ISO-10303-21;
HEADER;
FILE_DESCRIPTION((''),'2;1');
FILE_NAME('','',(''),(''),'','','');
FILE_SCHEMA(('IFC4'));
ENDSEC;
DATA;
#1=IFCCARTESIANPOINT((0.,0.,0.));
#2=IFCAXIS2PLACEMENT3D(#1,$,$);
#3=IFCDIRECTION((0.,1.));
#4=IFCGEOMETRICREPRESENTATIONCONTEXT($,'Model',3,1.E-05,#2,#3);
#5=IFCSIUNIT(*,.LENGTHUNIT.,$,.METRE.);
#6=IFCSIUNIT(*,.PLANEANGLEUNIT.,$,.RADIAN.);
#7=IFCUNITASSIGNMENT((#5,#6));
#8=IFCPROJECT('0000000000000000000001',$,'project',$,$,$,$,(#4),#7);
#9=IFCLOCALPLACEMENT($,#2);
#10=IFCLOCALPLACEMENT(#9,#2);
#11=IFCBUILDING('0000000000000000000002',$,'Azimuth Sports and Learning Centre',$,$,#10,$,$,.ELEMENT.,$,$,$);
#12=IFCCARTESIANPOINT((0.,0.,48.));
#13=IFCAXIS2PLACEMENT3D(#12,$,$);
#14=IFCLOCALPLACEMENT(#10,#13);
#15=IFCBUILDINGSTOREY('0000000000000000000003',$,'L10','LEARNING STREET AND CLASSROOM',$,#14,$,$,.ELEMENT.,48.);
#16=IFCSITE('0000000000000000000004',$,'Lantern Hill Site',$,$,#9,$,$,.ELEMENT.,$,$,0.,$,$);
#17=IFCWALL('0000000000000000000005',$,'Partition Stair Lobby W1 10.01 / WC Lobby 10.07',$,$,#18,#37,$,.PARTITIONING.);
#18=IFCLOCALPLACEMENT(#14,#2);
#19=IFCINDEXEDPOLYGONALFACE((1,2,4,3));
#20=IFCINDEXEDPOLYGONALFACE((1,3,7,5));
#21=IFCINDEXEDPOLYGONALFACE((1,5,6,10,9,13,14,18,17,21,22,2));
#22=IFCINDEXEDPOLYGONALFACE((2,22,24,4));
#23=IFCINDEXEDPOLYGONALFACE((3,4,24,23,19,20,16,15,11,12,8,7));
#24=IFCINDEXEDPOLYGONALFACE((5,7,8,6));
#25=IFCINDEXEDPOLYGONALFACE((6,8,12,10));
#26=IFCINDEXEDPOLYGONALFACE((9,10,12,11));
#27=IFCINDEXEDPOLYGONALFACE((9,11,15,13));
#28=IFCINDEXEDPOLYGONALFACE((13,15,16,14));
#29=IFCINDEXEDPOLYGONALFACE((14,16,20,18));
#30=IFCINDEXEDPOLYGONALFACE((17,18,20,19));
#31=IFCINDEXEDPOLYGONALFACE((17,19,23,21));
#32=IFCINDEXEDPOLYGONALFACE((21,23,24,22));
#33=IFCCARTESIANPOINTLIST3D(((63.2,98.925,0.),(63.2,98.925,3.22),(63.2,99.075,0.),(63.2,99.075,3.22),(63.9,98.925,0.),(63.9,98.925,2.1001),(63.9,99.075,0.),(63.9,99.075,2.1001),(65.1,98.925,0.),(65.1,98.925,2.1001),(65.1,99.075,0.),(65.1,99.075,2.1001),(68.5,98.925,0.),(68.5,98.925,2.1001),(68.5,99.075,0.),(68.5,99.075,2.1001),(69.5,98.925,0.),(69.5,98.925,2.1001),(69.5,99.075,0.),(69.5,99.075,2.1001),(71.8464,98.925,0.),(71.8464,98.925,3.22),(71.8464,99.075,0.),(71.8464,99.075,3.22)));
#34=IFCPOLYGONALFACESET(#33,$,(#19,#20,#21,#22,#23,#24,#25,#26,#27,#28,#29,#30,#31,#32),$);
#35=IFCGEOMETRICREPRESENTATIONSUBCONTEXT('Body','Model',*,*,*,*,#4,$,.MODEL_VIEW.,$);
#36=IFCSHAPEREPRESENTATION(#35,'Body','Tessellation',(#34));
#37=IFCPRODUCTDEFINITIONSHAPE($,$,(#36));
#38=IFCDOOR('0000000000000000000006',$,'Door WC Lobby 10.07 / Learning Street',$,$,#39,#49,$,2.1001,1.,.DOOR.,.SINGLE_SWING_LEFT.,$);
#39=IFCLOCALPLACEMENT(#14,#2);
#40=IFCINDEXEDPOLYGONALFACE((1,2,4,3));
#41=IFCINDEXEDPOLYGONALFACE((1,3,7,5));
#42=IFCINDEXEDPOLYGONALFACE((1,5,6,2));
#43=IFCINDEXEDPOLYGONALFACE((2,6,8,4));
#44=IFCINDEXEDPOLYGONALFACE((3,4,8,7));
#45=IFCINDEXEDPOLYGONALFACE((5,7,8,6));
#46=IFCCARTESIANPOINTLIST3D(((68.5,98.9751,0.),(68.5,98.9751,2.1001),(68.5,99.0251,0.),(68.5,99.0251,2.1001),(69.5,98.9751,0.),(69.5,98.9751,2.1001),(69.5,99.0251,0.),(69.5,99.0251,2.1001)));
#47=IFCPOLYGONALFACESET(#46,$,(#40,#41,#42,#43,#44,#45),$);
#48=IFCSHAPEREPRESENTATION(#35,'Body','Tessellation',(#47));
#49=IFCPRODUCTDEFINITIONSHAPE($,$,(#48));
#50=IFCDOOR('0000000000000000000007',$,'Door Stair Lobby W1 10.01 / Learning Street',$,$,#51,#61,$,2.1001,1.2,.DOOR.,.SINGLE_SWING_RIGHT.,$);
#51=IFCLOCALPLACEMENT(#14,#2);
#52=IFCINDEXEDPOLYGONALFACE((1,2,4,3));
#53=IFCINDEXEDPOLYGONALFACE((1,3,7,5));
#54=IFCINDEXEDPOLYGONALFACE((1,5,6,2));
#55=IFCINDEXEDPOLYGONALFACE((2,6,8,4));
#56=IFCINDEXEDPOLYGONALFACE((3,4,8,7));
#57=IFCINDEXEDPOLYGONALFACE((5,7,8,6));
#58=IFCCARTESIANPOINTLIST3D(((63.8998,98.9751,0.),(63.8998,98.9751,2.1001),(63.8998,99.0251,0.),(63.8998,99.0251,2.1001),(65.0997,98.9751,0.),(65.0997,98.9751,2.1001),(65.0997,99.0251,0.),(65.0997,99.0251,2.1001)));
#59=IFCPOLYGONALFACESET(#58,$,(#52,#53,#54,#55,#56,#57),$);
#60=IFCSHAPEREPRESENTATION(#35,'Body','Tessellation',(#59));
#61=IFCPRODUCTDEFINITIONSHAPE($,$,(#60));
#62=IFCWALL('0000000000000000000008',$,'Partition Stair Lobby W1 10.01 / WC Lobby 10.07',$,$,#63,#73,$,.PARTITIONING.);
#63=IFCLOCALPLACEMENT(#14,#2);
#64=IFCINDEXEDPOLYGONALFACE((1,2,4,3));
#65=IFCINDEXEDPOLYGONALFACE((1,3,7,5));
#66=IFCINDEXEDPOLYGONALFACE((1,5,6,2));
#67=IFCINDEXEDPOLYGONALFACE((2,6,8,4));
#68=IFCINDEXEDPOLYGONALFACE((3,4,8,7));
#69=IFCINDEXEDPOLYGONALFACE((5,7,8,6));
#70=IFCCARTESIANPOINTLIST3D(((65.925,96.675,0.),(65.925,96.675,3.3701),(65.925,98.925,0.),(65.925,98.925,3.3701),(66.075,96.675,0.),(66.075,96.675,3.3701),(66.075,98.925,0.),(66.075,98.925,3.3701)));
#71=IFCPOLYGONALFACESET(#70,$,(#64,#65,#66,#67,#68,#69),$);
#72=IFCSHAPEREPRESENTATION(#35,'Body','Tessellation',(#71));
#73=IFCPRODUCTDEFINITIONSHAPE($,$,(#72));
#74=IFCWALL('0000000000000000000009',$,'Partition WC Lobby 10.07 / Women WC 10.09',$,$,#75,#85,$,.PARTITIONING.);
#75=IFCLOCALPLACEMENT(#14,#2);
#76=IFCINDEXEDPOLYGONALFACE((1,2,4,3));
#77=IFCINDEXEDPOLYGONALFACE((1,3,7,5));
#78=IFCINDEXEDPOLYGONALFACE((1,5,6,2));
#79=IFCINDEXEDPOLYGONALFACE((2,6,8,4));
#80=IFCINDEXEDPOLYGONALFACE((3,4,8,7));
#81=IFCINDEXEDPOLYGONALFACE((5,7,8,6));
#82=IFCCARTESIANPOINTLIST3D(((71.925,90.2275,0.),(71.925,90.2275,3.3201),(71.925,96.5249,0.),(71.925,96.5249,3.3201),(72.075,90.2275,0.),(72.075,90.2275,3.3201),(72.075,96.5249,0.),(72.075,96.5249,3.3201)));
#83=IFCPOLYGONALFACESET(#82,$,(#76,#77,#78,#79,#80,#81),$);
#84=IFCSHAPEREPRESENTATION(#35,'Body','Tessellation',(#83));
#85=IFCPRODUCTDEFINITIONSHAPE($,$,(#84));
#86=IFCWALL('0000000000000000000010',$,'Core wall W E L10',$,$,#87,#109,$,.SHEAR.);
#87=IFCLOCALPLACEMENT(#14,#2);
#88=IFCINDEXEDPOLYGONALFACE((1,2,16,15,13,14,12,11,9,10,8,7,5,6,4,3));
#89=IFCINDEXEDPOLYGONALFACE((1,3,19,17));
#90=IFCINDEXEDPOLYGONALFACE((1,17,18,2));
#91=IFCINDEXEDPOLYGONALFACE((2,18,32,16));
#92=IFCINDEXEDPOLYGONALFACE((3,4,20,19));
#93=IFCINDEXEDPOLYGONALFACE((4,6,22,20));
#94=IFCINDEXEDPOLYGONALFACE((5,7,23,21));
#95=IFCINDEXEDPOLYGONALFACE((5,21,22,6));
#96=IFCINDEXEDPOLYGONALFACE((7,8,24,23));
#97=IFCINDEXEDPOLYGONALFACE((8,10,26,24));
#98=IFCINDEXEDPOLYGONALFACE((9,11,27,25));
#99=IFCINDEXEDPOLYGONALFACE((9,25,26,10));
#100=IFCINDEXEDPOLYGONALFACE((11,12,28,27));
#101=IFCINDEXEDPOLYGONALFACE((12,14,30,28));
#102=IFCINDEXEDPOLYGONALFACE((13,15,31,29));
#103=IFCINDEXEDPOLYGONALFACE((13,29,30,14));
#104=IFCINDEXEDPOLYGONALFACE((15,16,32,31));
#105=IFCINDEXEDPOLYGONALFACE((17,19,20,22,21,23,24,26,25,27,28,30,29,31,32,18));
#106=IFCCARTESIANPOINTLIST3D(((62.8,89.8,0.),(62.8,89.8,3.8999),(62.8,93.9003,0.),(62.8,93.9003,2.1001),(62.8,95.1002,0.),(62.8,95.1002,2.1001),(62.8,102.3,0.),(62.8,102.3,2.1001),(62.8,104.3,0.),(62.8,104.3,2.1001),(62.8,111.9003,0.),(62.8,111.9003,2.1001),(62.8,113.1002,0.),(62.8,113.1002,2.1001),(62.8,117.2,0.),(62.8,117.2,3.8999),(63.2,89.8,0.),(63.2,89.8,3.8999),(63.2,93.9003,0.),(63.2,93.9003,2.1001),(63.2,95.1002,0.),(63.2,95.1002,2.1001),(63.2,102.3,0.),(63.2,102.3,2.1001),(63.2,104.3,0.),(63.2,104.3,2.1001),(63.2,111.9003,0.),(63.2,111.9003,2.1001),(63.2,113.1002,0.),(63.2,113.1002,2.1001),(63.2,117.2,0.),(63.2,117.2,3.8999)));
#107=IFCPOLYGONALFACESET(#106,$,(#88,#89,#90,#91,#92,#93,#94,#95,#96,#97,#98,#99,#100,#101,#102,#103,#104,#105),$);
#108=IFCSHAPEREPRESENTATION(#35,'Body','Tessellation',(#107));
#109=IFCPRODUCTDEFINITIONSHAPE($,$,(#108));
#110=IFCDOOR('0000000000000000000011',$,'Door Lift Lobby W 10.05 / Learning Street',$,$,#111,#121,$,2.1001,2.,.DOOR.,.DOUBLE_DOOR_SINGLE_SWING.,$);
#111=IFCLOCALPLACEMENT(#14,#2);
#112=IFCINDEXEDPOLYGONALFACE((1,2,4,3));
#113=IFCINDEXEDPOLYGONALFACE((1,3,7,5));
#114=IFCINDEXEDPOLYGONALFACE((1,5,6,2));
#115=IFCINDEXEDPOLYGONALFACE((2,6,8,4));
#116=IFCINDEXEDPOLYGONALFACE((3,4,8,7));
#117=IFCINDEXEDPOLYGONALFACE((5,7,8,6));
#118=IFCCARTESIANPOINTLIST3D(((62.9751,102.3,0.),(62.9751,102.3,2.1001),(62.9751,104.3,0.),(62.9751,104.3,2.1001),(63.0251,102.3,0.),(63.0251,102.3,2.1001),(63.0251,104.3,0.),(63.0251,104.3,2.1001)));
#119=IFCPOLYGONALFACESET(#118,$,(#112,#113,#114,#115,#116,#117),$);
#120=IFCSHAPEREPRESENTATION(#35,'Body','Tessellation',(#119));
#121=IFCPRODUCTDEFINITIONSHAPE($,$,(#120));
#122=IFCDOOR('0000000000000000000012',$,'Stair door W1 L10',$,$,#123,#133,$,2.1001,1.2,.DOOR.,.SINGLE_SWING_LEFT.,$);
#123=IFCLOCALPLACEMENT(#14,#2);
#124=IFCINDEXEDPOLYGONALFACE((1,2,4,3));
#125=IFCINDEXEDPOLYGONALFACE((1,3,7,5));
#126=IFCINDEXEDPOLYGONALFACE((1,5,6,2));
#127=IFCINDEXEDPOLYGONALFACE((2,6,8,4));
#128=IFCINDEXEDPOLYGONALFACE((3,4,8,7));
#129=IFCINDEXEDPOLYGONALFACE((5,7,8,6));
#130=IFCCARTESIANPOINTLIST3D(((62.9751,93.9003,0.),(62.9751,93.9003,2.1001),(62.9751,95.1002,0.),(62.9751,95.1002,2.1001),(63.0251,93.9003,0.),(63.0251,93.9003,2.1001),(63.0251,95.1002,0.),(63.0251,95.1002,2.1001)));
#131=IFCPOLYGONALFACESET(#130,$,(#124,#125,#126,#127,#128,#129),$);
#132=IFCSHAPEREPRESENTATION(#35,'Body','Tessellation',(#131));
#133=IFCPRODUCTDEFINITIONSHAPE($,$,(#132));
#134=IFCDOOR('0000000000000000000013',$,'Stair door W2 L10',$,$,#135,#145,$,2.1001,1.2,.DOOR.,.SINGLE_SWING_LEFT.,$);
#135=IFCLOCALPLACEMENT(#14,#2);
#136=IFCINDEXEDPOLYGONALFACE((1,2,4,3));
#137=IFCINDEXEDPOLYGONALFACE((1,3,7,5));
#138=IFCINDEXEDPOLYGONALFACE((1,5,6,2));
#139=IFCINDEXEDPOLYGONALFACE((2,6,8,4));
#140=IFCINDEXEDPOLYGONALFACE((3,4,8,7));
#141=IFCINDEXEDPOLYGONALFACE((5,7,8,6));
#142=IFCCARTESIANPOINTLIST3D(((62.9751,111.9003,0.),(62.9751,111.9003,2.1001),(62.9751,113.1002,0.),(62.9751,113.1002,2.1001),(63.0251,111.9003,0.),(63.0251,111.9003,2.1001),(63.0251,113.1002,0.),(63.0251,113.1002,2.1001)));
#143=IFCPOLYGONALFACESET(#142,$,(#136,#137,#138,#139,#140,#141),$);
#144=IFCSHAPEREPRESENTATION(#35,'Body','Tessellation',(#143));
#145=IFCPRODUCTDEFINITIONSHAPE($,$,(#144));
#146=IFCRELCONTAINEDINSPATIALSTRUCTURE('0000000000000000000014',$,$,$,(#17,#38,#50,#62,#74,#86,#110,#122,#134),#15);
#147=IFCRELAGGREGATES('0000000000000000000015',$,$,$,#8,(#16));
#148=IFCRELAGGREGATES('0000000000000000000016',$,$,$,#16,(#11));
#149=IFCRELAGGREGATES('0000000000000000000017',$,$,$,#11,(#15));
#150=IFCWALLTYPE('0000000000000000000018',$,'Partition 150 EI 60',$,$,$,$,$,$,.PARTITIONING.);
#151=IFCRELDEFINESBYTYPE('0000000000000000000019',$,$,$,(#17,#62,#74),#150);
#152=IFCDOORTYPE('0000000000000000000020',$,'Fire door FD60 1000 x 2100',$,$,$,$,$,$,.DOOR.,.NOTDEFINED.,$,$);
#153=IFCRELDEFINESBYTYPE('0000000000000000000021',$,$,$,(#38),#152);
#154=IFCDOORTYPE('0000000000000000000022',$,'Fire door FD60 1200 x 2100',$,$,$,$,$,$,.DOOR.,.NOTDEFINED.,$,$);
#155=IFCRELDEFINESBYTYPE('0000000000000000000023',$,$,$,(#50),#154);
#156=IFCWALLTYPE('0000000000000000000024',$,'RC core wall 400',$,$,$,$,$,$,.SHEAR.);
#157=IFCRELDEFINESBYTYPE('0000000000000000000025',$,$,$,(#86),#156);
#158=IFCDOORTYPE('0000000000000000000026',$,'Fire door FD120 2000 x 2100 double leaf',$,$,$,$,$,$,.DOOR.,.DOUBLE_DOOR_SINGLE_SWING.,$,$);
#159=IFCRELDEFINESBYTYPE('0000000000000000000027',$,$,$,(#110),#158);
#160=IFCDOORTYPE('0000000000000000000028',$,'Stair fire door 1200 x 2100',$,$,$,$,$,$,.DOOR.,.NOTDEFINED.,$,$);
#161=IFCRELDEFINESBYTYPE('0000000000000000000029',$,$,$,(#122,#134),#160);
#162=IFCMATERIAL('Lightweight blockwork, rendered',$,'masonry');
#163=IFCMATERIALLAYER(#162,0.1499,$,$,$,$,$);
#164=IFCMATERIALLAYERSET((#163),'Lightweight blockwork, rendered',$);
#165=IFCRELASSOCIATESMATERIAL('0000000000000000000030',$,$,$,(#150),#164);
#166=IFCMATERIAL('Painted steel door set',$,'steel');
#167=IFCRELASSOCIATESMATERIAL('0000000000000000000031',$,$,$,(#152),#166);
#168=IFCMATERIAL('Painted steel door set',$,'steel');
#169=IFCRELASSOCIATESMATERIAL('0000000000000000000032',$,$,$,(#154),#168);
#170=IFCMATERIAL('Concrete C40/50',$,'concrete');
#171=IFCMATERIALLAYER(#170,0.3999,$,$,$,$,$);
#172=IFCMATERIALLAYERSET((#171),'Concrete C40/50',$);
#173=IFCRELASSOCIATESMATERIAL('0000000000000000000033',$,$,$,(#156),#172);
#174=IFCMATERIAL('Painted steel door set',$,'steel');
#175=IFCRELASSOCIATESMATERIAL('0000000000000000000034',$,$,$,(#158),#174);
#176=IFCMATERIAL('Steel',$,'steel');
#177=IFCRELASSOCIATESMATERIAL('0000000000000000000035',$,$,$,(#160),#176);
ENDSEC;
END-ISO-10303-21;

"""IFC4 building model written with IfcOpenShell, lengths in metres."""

from ifc_helpers import new_model, si_unit, direction, frame, frame_2d, origin, place, context, subcontext, project, spatial, rectangle, extrude, material, layer, layer_set, type_object, element, fill, save


model = new_model("IFC4")

# Units and contexts
model_context = context("Model", 3, precision=1e-05, world=origin(), true_north=direction((0.0, 1.0)))
body_context = subcontext(model_context, "Body", "Model", "MODEL_VIEW")
ifc_project = project(units=[si_unit("LENGTHUNIT", "METRE"), si_unit("PLANEANGLEUNIT", "RADIAN")], contexts=[model_context])

# Site, building, storey
site_placement = place(None, origin())
site = spatial("IfcSite", under=ifc_project, at=site_placement, Name="Lantern Hill Site", CompositionType="ELEMENT", RefElevation=0.0)
building_placement = place(site_placement, origin())
building = spatial("IfcBuilding", under=site, at=building_placement, Name="Azimuth Sports and Learning Centre", CompositionType="ELEMENT")
storey_placement = place(building_placement, frame((0.0, 0.0, 48.0)))
storey = spatial("IfcBuildingStorey", under=building, at=storey_placement, Name="L10", Description="LEARNING STREET AND CLASSROOM", CompositionType="ELEMENT", Elevation=48.0)

# Wall, openings, doors
ifc_material_1 = material(Name="Lightweight blockwork, rendered", Category="masonry")
ifc_layer_1 = layer(ifc_material_1, 0.1499)
ifc_layer_set_1 = layer_set([ifc_layer_1], Name="Lightweight blockwork, rendered")
wall_type_1 = type_object("IfcWallType", Name="Partition 150 EI 60", PredefinedType="PARTITIONING", material=ifc_layer_set_1)
wall_1_placement = place(storey_placement, frame((63.2, 99.0, 0.0), z_axis=(0.0, 0.0, 1.0), x_axis=(1.0, 0.0, 0.0)))
wall_1 = element("IfcWall", 1, at=wall_1_placement, inside=storey, type_object=wall_type_1, Name="Partition Stair Lobby W1 10.01 / WC Lobby 10.07", PredefinedType="PARTITIONING", context=body_context, shape_type="SweptSolid", body=[
    extrude(rectangle(XDim=8.6465, YDim=0.1499, at=frame_2d((4.3232, 0.0))), origin(), (0.0, 0.0, 1.0), 3.22),
])
opening_1_placement = place(wall_1_placement, frame((0.7, 0.0, 0.0)))
opening_1 = element("IfcOpeningElement", 2, at=opening_1_placement, cuts=wall_1, PredefinedType="OPENING", context=body_context, shape_type="SweptSolid", body=[
    extrude(rectangle(XDim=1.2, YDim=2.1001, at=frame_2d((0.6001, 1.05))), frame((0.0, 0.0859, 0.0), z_axis=(0.0, -1.0, 0.0), x_axis=(1.0, 0.0, 0.0)), (0.0, 0.0, 1.0), 0.1719),
])
opening_2_placement = place(wall_1_placement, frame((5.3, 0.0, 0.0)))
opening_2 = element("IfcOpeningElement", 3, at=opening_2_placement, cuts=wall_1, PredefinedType="OPENING", context=body_context, shape_type="SweptSolid", body=[
    extrude(rectangle(XDim=1.0, YDim=2.1001, at=frame_2d((0.5, 1.05))), frame((0.0, 0.0859, 0.0), z_axis=(0.0, -1.0, 0.0), x_axis=(1.0, 0.0, 0.0)), (0.0, 0.0, 1.0), 0.1719),
])
ifc_material_2 = material(Name="Painted steel door set", Category="steel")
door_type_1 = type_object("IfcDoorType", Name="Fire door FD60 1000 x 2100", OperationType="NOTDEFINED", PredefinedType="DOOR", material=ifc_material_2)
door_1_placement = place(opening_2_placement, frame((1.0, 0.0, 0.0), z_axis=(0.0, 0.0, 1.0), x_axis=(-1.0, 0.0, 0.0)))
door_1 = element("IfcDoor", 4, at=door_1_placement, inside=storey, type_object=door_type_1, Name="Door WC Lobby 10.07 / Learning Street", OperationType="SINGLE_SWING_LEFT", OverallHeight=2.1001, OverallWidth=1.0, PredefinedType="DOOR", context=body_context, shape_type="SweptSolid", body=[
    extrude(rectangle(XDim=1.0, YDim=2.1001, at=frame_2d((0.5, 1.05))), frame((0.0, 0.0249, 0.0), z_axis=(0.0, -1.0, 0.0), x_axis=(1.0, 0.0, 0.0)), (0.0, 0.0, 1.0), 0.05),
])
fill(opening_2, door_1)
ifc_material_3 = material(Name="Painted steel door set", Category="steel")
door_type_2 = type_object("IfcDoorType", Name="Fire door FD60 1200 x 2100", OperationType="NOTDEFINED", PredefinedType="DOOR", material=ifc_material_3)
door_2_placement = place(opening_1_placement, frame((1.2, 0.0, 0.0), z_axis=(0.0, 0.0, 1.0), x_axis=(-1.0, 0.0, 0.0)))
door_2 = element("IfcDoor", 5, at=door_2_placement, inside=storey, type_object=door_type_2, Name="Door Stair Lobby W1 10.01 / Learning Street", OperationType="SINGLE_SWING_RIGHT", OverallHeight=2.1001, OverallWidth=1.2, PredefinedType="DOOR", context=body_context, shape_type="SweptSolid", body=[
    extrude(rectangle(XDim=1.2, YDim=2.1001, at=frame_2d((0.6001, 1.05))), frame((0.0, 0.0249, 0.0), z_axis=(0.0, -1.0, 0.0), x_axis=(1.0, 0.0, 0.0)), (0.0, 0.0, 1.0), 0.05),
])
fill(opening_1, door_2)

# Walls
wall_2_placement = place(storey_placement, frame((66.0, 96.675, 0.0), z_axis=(0.0, 0.0, 1.0), x_axis=(0.0, 1.0, 0.0)))
element("IfcWall", 6, at=wall_2_placement, inside=storey, type_object=wall_type_1, Name="Partition Stair Lobby W1 10.01 / WC Lobby 10.07", PredefinedType="PARTITIONING", context=body_context, shape_type="SweptSolid", body=[
    extrude(rectangle(XDim=2.25, YDim=0.1499, at=frame_2d((1.125, 0.0))), origin(), (0.0, 0.0, 1.0), 3.3701),
])
wall_3_placement = place(storey_placement, frame((72.0, 90.2275, 0.0), z_axis=(0.0, 0.0, 1.0), x_axis=(0.0, 1.0, 0.0)))
element("IfcWall", 7, at=wall_3_placement, inside=storey, type_object=wall_type_1, Name="Partition WC Lobby 10.07 / Women WC 10.09", PredefinedType="PARTITIONING", context=body_context, shape_type="SweptSolid", body=[
    extrude(rectangle(XDim=6.2974, YDim=0.1499, at=frame_2d((3.1487, 0.0))), origin(), (0.0, 0.0, 1.0), 3.3201),
])

# Wall, openings, doors
ifc_material_4 = material(Name="Concrete C40/50", Category="concrete")
ifc_layer_2 = layer(ifc_material_4, 0.3999)
ifc_layer_set_2 = layer_set([ifc_layer_2], Name="Concrete C40/50")
wall_type_2 = type_object("IfcWallType", Name="RC core wall 400", PredefinedType="SHEAR", material=ifc_layer_set_2)
wall_4_placement = place(storey_placement, frame((63.0, 89.8, 0.0), z_axis=(0.0, 0.0, 1.0), x_axis=(0.0, 1.0, 0.0)))
wall_4 = element("IfcWall", 8, at=wall_4_placement, inside=storey, type_object=wall_type_2, Name="Core wall W E L10", PredefinedType="SHEAR", context=body_context, shape_type="SweptSolid", body=[
    extrude(rectangle(XDim=27.3999, YDim=0.3999, at=frame_2d((13.7, 0.0))), origin(), (0.0, 0.0, 1.0), 3.8999),
])
opening_3_placement = place(wall_4_placement, frame((4.1001, 0.0, 0.0)))
opening_3 = element("IfcOpeningElement", 9, at=opening_3_placement, cuts=wall_4, PredefinedType="OPENING", context=body_context, shape_type="SweptSolid", body=[
    extrude(rectangle(XDim=1.2, YDim=2.1001, at=frame_2d((0.6001, 1.05))), frame((0.0, 0.2109, 0.0), z_axis=(0.0, -1.0, 0.0), x_axis=(1.0, 0.0, 0.0)), (0.0, 0.0, 1.0), 0.4219),
])
opening_4_placement = place(wall_4_placement, frame((22.1001, 0.0, 0.0)))
opening_4 = element("IfcOpeningElement", 10, at=opening_4_placement, cuts=wall_4, PredefinedType="OPENING", context=body_context, shape_type="SweptSolid", body=[
    extrude(rectangle(XDim=1.2, YDim=2.1001, at=frame_2d((0.6001, 1.05))), frame((0.0, 0.2109, 0.0), z_axis=(0.0, -1.0, 0.0), x_axis=(1.0, 0.0, 0.0)), (0.0, 0.0, 1.0), 0.4219),
])
opening_5_placement = place(wall_4_placement, frame((12.5, 0.0, 0.0)))
opening_5 = element("IfcOpeningElement", 11, at=opening_5_placement, cuts=wall_4, PredefinedType="OPENING", context=body_context, shape_type="SweptSolid", body=[
    extrude(rectangle(XDim=2.0, YDim=2.1001, at=frame_2d((1.0, 1.05))), frame((0.0, 0.2109, 0.0), z_axis=(0.0, -1.0, 0.0), x_axis=(1.0, 0.0, 0.0)), (0.0, 0.0, 1.0), 0.4219),
])
ifc_material_5 = material(Name="Painted steel door set", Category="steel")
door_type_3 = type_object("IfcDoorType", Name="Fire door FD120 2000 x 2100 double leaf", OperationType="DOUBLE_DOOR_SINGLE_SWING", PredefinedType="DOOR", material=ifc_material_5)
door_3_placement = place(opening_5_placement, origin())
door_3 = element("IfcDoor", 12, at=door_3_placement, inside=storey, type_object=door_type_3, Name="Door Lift Lobby W 10.05 / Learning Street", OperationType="DOUBLE_DOOR_SINGLE_SWING", OverallHeight=2.1001, OverallWidth=2.0, PredefinedType="DOOR", context=body_context, shape_type="SweptSolid", body=[
    extrude(rectangle(XDim=2.0, YDim=2.1001, at=frame_2d((1.0, 1.05))), frame((0.0, 0.0249, 0.0), z_axis=(0.0, -1.0, 0.0), x_axis=(1.0, 0.0, 0.0)), (0.0, 0.0, 1.0), 0.05),
])
fill(opening_5, door_3)
ifc_material_6 = material(Name="Steel", Category="steel")
door_type_4 = type_object("IfcDoorType", Name="Stair fire door 1200 x 2100", OperationType="NOTDEFINED", PredefinedType="DOOR", material=ifc_material_6)
door_4_placement = place(opening_3_placement, origin())
door_4 = element("IfcDoor", 13, at=door_4_placement, inside=storey, type_object=door_type_4, Name="Stair door W1 L10", OperationType="SINGLE_SWING_LEFT", OverallHeight=2.1001, OverallWidth=1.2, PredefinedType="DOOR", context=body_context, shape_type="SweptSolid", body=[
    extrude(rectangle(XDim=1.2, YDim=2.1001, at=frame_2d((0.6001, 1.05))), frame((0.0, 0.0249, 0.0), z_axis=(0.0, -1.0, 0.0), x_axis=(1.0, 0.0, 0.0)), (0.0, 0.0, 1.0), 0.05),
])
fill(opening_3, door_4)
door_5_placement = place(opening_4_placement, origin())
door_5 = element("IfcDoor", 14, at=door_5_placement, inside=storey, type_object=door_type_4, Name="Stair door W2 L10", OperationType="SINGLE_SWING_LEFT", OverallHeight=2.1001, OverallWidth=1.2, PredefinedType="DOOR", context=body_context, shape_type="SweptSolid", body=[
    extrude(rectangle(XDim=1.2, YDim=2.1001, at=frame_2d((0.6001, 1.05))), frame((0.0, 0.0249, 0.0), z_axis=(0.0, -1.0, 0.0), x_axis=(1.0, 0.0, 0.0)), (0.0, 0.0, 1.0), 0.05),
])
fill(opening_4, door_5)

save(model, "model.ifc")
